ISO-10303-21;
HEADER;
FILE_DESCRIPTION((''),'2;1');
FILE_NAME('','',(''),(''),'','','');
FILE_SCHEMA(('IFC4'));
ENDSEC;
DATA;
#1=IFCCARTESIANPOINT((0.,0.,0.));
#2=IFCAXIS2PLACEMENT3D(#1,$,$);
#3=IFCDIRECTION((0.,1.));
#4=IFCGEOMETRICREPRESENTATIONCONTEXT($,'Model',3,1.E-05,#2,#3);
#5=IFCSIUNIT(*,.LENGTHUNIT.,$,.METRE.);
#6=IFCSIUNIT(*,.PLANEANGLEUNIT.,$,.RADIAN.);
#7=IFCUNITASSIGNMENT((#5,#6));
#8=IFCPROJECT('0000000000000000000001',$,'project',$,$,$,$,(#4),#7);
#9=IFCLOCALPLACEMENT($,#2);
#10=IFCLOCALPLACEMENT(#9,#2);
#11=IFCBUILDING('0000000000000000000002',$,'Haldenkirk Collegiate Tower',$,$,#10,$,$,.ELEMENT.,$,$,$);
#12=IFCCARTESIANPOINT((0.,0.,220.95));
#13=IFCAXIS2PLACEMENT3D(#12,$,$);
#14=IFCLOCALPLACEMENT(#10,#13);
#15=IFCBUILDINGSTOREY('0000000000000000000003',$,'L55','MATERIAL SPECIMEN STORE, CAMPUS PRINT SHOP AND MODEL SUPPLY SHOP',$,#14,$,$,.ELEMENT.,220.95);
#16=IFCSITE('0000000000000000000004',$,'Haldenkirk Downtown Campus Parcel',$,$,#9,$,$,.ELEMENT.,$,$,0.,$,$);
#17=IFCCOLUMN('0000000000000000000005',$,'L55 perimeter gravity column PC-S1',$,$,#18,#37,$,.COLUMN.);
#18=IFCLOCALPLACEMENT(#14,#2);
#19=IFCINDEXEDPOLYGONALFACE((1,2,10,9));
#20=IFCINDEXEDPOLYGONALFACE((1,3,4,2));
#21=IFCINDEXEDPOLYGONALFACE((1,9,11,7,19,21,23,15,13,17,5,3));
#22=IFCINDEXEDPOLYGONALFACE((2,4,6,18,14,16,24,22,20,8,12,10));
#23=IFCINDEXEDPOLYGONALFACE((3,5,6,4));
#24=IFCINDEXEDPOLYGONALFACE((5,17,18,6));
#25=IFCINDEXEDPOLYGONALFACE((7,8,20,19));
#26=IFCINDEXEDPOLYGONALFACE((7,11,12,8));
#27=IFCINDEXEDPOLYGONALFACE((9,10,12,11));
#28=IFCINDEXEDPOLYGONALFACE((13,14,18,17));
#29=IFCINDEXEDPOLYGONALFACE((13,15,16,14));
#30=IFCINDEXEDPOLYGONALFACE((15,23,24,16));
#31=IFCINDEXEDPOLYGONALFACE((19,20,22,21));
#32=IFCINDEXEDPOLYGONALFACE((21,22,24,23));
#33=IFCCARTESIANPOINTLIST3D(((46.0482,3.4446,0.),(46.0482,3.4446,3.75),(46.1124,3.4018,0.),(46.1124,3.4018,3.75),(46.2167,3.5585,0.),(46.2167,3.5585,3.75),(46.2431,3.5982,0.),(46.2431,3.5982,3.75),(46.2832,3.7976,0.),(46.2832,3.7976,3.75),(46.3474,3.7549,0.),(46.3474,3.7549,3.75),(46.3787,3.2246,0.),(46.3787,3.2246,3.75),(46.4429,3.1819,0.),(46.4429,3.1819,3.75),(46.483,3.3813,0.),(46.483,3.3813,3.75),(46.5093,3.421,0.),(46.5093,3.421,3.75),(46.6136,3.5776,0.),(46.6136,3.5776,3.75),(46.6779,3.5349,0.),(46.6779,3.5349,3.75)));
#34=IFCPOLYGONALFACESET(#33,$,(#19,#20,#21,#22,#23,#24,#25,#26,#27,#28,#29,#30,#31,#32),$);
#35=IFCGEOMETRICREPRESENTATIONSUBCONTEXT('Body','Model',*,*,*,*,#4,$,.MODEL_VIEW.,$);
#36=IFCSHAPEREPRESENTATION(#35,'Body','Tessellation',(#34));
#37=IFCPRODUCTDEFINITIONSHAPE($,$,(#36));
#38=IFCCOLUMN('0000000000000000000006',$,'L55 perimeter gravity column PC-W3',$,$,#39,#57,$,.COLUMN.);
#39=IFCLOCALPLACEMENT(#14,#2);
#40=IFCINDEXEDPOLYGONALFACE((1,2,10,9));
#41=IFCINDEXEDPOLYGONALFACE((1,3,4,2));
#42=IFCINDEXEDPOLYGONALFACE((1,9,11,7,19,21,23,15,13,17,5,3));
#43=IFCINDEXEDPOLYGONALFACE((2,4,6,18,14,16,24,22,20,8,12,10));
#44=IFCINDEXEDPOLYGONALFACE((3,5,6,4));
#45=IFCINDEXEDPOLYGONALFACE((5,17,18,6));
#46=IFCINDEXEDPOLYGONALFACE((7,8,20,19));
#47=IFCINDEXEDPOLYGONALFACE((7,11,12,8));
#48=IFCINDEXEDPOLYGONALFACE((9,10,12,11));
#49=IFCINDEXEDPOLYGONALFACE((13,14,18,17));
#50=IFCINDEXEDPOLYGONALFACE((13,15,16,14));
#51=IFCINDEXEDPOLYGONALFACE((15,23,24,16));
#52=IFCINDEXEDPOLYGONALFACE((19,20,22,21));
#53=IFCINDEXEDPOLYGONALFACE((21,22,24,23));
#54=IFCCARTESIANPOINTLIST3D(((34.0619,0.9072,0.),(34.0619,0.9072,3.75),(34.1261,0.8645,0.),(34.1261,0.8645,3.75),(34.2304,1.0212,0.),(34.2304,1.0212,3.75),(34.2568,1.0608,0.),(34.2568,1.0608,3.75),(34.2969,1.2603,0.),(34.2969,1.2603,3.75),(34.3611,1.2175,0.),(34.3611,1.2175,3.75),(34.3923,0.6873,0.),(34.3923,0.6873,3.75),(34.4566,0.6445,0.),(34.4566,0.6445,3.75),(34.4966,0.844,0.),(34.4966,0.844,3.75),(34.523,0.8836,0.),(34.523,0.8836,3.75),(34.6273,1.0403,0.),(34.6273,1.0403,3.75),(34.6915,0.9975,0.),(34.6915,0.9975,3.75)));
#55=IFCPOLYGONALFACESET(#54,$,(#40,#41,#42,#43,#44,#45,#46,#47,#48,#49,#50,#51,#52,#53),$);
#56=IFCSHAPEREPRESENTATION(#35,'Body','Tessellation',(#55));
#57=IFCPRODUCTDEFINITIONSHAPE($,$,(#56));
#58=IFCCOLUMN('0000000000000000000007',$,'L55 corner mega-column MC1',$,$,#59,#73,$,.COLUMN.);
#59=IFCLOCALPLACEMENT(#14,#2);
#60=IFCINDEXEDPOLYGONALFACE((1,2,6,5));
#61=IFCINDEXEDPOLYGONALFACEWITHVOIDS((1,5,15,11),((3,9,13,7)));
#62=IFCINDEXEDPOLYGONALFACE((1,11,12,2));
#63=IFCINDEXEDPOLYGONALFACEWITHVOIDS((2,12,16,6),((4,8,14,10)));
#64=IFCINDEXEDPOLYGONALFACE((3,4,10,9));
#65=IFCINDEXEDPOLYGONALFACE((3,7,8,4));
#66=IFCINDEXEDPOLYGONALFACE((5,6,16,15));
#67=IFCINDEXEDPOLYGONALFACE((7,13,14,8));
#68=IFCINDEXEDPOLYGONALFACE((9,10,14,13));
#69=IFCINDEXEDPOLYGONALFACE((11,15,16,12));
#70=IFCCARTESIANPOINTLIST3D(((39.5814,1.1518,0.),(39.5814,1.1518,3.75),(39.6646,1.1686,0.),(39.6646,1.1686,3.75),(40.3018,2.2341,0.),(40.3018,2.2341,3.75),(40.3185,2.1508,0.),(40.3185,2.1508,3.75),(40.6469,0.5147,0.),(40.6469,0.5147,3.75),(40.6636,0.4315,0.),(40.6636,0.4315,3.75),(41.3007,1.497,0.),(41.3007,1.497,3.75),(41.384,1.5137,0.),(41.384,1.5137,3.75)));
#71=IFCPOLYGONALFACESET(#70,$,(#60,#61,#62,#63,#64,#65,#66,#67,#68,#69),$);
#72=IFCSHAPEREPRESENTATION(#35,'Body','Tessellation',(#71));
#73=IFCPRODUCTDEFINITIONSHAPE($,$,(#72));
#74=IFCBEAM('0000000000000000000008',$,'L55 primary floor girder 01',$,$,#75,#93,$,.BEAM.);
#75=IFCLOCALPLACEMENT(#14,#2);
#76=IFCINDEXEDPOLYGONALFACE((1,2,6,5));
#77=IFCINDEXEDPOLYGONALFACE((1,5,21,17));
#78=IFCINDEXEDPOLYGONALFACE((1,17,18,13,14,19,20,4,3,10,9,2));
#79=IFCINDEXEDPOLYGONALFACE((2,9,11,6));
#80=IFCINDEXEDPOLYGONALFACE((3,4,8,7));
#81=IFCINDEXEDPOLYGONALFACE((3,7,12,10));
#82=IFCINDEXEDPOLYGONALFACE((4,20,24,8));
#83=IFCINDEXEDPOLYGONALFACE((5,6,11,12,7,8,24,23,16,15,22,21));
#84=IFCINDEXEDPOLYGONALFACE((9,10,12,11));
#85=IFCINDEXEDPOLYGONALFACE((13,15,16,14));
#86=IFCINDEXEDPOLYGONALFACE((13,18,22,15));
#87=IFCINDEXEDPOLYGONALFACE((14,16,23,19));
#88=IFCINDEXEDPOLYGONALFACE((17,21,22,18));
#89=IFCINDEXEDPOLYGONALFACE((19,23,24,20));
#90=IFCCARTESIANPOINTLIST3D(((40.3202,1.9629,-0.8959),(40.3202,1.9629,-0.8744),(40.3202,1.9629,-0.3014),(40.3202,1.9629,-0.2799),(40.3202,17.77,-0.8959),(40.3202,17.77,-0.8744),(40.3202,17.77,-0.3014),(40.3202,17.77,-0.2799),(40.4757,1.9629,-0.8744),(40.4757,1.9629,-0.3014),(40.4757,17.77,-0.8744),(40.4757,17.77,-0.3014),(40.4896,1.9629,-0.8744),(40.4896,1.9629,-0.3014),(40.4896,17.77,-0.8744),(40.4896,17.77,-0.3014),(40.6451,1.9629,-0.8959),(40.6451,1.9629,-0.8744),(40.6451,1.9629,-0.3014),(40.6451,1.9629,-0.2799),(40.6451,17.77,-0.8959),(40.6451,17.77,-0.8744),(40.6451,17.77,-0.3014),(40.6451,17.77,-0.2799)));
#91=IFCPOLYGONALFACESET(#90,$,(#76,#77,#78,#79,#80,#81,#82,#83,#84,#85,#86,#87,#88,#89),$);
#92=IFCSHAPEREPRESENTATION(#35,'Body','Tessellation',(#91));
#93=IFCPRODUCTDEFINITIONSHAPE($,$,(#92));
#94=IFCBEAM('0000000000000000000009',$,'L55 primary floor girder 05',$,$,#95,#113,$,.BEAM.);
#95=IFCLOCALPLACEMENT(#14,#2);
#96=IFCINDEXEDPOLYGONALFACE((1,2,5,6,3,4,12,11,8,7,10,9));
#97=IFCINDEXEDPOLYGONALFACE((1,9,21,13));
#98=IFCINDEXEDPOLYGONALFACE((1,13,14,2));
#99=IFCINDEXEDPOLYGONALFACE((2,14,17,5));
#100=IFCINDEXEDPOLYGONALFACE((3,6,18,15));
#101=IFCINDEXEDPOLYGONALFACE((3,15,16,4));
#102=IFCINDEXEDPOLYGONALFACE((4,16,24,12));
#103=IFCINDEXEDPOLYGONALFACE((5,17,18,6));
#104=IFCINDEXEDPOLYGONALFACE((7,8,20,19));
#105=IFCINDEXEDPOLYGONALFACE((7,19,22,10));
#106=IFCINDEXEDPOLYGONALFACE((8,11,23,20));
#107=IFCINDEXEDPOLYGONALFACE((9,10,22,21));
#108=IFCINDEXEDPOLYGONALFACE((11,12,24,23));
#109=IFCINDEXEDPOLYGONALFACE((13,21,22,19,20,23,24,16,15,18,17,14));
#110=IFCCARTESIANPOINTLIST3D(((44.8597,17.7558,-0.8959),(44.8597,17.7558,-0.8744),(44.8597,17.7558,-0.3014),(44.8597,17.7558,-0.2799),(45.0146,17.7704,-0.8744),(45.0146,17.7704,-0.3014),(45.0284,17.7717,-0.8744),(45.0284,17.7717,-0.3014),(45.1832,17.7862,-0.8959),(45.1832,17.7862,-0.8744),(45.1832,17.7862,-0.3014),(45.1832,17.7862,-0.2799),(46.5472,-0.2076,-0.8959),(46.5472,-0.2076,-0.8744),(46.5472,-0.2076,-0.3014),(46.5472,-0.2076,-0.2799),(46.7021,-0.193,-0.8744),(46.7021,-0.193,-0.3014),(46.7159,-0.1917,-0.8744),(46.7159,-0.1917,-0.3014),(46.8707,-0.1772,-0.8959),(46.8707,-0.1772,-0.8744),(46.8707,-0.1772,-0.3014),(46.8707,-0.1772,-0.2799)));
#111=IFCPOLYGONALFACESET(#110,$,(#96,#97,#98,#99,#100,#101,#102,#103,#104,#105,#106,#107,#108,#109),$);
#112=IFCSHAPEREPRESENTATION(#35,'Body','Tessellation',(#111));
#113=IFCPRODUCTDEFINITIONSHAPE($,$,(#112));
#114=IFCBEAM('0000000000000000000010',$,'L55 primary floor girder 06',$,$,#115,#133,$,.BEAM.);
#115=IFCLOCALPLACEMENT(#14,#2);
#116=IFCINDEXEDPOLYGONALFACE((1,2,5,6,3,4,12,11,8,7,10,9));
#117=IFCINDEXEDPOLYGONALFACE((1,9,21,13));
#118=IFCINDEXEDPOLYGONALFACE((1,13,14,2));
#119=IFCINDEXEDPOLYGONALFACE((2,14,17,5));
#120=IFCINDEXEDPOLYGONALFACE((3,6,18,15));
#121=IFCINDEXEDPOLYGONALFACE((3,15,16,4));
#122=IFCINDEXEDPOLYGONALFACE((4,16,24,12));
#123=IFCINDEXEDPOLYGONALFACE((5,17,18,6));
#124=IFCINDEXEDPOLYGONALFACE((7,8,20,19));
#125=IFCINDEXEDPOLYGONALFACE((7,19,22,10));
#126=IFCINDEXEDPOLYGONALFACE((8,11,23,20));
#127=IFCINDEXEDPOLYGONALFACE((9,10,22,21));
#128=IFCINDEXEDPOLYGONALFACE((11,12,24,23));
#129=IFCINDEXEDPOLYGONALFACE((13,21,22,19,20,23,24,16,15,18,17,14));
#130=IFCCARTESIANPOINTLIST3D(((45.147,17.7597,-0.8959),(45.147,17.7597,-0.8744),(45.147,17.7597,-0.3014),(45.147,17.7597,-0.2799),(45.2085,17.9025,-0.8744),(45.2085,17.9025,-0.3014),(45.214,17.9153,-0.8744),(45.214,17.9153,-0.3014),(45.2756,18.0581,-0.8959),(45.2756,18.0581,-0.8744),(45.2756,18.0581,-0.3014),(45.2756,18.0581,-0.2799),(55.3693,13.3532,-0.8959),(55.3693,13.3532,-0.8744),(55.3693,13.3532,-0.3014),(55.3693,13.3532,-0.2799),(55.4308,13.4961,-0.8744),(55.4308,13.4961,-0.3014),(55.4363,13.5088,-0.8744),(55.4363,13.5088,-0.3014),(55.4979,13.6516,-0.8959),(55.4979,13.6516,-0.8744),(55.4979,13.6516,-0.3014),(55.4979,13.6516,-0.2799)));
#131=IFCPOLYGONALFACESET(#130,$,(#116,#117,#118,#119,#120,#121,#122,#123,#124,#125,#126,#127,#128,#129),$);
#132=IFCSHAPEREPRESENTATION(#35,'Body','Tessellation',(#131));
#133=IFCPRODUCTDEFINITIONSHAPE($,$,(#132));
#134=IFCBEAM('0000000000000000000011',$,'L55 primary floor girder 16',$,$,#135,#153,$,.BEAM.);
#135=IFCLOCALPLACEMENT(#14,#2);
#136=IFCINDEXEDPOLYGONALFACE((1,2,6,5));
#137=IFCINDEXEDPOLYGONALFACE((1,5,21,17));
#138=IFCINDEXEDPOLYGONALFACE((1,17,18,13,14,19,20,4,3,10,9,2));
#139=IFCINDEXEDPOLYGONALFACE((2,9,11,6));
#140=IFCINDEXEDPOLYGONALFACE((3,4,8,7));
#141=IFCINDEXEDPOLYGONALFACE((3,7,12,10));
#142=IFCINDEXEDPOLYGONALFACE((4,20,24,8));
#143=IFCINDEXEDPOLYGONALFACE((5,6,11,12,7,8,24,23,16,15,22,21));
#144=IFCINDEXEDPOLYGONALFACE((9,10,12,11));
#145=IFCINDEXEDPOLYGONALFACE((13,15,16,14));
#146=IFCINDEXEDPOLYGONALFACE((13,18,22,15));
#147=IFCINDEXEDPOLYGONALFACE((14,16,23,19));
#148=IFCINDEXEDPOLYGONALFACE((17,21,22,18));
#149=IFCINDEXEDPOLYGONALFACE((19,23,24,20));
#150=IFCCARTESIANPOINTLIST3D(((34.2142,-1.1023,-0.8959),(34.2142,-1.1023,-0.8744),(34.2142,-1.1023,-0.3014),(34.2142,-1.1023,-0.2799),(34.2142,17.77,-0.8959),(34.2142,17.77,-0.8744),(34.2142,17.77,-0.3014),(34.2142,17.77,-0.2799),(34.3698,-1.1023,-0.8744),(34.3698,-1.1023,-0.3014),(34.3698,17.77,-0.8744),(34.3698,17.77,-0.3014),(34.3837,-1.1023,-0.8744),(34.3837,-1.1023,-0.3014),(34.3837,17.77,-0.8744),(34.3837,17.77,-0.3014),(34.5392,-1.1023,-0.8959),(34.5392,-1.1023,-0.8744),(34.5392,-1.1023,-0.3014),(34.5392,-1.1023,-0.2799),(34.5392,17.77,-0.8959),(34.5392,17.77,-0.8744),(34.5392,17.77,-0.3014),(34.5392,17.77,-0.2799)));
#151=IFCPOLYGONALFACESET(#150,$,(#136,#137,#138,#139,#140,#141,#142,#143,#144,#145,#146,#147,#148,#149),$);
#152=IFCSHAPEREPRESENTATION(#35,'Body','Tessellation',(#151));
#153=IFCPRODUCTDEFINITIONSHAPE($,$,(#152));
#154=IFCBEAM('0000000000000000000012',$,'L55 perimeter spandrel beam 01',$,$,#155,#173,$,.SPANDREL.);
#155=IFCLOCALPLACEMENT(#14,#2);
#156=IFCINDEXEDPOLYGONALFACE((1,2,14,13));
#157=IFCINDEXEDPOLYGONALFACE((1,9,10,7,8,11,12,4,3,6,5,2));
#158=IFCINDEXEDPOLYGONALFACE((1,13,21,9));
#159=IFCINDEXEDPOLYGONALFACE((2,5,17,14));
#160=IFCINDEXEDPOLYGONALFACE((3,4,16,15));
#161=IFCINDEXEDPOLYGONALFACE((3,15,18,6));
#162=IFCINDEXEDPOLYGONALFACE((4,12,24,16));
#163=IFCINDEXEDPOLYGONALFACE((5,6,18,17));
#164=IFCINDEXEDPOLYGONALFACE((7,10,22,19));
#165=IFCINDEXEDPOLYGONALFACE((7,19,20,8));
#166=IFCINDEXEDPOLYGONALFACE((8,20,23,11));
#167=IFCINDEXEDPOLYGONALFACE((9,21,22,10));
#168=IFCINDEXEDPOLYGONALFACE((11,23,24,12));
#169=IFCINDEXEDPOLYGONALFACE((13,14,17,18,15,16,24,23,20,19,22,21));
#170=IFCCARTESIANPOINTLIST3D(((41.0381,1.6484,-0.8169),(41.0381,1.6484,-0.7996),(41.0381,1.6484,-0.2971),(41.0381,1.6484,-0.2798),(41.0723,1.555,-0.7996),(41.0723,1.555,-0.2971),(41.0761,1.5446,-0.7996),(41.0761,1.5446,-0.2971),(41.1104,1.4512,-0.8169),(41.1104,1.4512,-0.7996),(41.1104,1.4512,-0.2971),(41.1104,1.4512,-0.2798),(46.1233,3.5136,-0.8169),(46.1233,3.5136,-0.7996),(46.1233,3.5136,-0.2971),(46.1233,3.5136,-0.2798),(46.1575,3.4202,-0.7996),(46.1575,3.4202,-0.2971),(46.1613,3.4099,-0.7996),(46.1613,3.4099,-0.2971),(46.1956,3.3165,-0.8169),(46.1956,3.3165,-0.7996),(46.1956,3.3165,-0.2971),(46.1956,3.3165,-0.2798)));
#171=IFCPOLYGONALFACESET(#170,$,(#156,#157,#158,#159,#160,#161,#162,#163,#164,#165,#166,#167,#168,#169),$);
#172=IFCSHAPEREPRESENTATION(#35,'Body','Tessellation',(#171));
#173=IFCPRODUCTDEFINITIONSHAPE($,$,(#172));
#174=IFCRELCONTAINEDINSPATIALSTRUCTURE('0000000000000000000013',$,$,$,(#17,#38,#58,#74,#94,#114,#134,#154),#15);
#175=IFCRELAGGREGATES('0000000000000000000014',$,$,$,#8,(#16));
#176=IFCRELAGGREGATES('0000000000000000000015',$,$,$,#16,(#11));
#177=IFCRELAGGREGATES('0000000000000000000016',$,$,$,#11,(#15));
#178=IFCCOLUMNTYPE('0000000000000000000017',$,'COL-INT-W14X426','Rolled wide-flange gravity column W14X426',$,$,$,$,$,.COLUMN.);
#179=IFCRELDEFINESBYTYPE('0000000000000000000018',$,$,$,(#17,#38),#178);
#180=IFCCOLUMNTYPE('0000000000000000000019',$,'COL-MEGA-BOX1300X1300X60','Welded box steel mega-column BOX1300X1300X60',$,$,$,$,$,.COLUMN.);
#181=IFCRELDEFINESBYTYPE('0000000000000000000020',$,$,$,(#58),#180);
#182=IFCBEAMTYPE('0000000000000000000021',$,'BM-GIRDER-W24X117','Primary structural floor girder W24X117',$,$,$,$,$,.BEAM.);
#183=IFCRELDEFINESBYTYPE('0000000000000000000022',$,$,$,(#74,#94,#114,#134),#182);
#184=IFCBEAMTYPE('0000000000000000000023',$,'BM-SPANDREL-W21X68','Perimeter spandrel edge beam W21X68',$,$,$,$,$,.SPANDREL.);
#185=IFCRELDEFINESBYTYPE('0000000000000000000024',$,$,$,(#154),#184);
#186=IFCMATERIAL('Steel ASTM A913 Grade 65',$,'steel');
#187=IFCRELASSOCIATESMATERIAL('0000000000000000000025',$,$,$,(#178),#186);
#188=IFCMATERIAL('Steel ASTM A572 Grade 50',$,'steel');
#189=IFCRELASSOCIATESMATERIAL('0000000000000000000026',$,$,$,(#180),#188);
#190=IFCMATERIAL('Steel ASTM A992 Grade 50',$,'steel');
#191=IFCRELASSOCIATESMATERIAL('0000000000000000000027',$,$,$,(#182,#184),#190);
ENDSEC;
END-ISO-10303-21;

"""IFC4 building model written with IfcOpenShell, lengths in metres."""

from ifc_helpers import new_model, si_unit, direction, frame, origin, origin_2d, place, context, subcontext, project, spatial, hollow_rectangle, i_section, extrude, material, material_profile, profile_set, type_object, element, save


model = new_model("IFC4")

# Units and contexts
model_context = context("Model", 3, precision=1e-05, world=origin(), true_north=direction((0.0, 1.0)))
body_context = subcontext(model_context, "Body", "Model", "MODEL_VIEW")
ifc_project = project(units=[si_unit("LENGTHUNIT", "METRE"), si_unit("PLANEANGLEUNIT", "RADIAN")], contexts=[model_context])

# Site, building, storey
site_placement = place(None, origin())
site = spatial("IfcSite", under=ifc_project, at=site_placement, Name="Haldenkirk Downtown Campus Parcel", CompositionType="ELEMENT", RefElevation=0.0)
building_placement = place(site_placement, origin())
building = spatial("IfcBuilding", under=site, at=building_placement, Name="Haldenkirk Collegiate Tower", CompositionType="ELEMENT")
storey_placement = place(building_placement, frame((0.0, 0.0, 220.95)))
storey = spatial("IfcBuildingStorey", under=building, at=storey_placement, Name="L55", Description="MATERIAL SPECIMEN STORE, CAMPUS PRINT SHOP AND MODEL SUPPLY SHOP", CompositionType="ELEMENT", Elevation=220.95)

# Columns
ifc_material_1 = material(Name="Steel ASTM A913 Grade 65", Category="steel")
ifc_material_profile_1 = material_profile(ifc_material_1, i_section(OverallWidth=0.4241, OverallDepth=0.4741, WebThickness=0.0476, FlangeThickness=0.0771, at=origin_2d()), Name="W14X426")
ifc_profile_set_1 = profile_set([ifc_material_profile_1], Name="Steel ASTM A913 Grade 65")
column_type_1 = type_object("IfcColumnType", Name="COL-INT-W14X426", Description="Rolled wide-flange gravity column W14X426", PredefinedType="COLUMN", material=ifc_profile_set_1)
for number, where, z_axis, x_axis, name in (
    (1, (46.363, 3.4897, 0.0), (0.0, 0.0, 1.0), (0.554118, 0.832438, 0.0), "L55 perimeter gravity column PC-S1"),
    (2, (34.3767, 0.9524, 0.0), (0.0, 0.0, 1.0), (0.554118, 0.832438, 0.0), "L55 perimeter gravity column PC-W3"),
):
    element("IfcColumn", number, at=place(storey_placement, frame(where, z_axis=z_axis, x_axis=x_axis)), inside=storey, type_object=column_type_1, Name=name, PredefinedType="COLUMN", context=body_context, shape_type="SweptSolid", body=[
        extrude(i_section(OverallWidth=0.4241, OverallDepth=0.4741, WebThickness=0.0476, FlangeThickness=0.0771, at=origin_2d()), origin(), (0.0, 0.0, 1.0), 3.75),
    ])
ifc_material_2 = material(Name="Steel ASTM A572 Grade 50", Category="steel")
ifc_material_profile_2 = material_profile(ifc_material_2, hollow_rectangle(XDim=1.3, YDim=1.3, WallThickness=0.0601, at=origin_2d()), Name="BOX1300X1300X60")
ifc_profile_set_2 = profile_set([ifc_material_profile_2], Name="Steel ASTM A572 Grade 50")
column_type_2 = type_object("IfcColumnType", Name="COL-MEGA-BOX1300X1300X60", Description="Welded box steel mega-column BOX1300X1300X60", PredefinedType="COLUMN", material=ifc_profile_set_2)
column_placement = place(storey_placement, frame((40.4827, 1.3328, 0.0), z_axis=(0.0, 0.0, 1.0), x_axis=(0.554118, 0.832438, 0.0)))
element("IfcColumn", 3, at=column_placement, inside=storey, type_object=column_type_2, Name="L55 corner mega-column MC1", PredefinedType="COLUMN", context=body_context, shape_type="SweptSolid", body=[
    extrude(hollow_rectangle(XDim=1.3, YDim=1.3, WallThickness=0.0601, at=origin_2d()), origin(), (0.0, 0.0, 1.0), 3.75),
])

# Beams
ifc_material_3 = material(Name="Steel ASTM A992 Grade 50", Category="steel")
ifc_material_profile_3 = material_profile(ifc_material_3, i_section(OverallWidth=0.325, OverallDepth=0.616, WebThickness=0.0139, FlangeThickness=0.0215, at=origin_2d()), Name="W24X117")
ifc_profile_set_3 = profile_set([ifc_material_profile_3], Name="Steel ASTM A992 Grade 50")
beam_type_1 = type_object("IfcBeamType", Name="BM-GIRDER-W24X117", Description="Primary structural floor girder W24X117", PredefinedType="BEAM", material=ifc_profile_set_3)
beam_1_placement = place(storey_placement, frame((40.4827, 1.9629, -0.5879), z_axis=(0.0, 1.0, 0.0), x_axis=(-1.0, 0.0, 0.0)))
element("IfcBeam", 4, at=beam_1_placement, inside=storey, type_object=beam_type_1, Name="L55 primary floor girder 01", PredefinedType="BEAM", context=body_context, shape_type="SweptSolid", body=[
    extrude(i_section(OverallWidth=0.325, OverallDepth=0.616, WebThickness=0.0139, FlangeThickness=0.0215, at=origin_2d()), origin(), (0.0, 0.0, 1.0), 15.8071),
])
beam_2_placement = place(storey_placement, frame((46.709, -0.1924, -0.5879), z_axis=(-0.093529, 0.995617, 0.0), x_axis=(-0.995617, -0.093529, 0.0)))
element("IfcBeam", 5, at=beam_2_placement, inside=storey, type_object=beam_type_1, Name="L55 primary floor girder 05", PredefinedType="BEAM", context=body_context, shape_type="SweptSolid", body=[
    extrude(i_section(OverallWidth=0.325, OverallDepth=0.616, WebThickness=0.0139, FlangeThickness=0.0215, at=origin_2d()), origin(), (0.0, 0.0, 1.0), 18.0425),
])
beam_3_placement = place(storey_placement, frame((55.4336, 13.5024, -0.5879), z_axis=(-0.918315, 0.395851, 0.0), x_axis=(-0.395851, -0.918315, 0.0)))
element("IfcBeam", 6, at=beam_3_placement, inside=storey, type_object=beam_type_1, Name="L55 primary floor girder 06", PredefinedType="BEAM", context=body_context, shape_type="SweptSolid", body=[
    extrude(i_section(OverallWidth=0.325, OverallDepth=0.616, WebThickness=0.0139, FlangeThickness=0.0215, at=origin_2d()), origin(), (0.0, 0.0, 1.0), 11.1316),
])
beam_4_placement = place(storey_placement, frame((34.3767, -1.1023, -0.5879), z_axis=(0.0, 1.0, 0.0), x_axis=(-1.0, 0.0, 0.0)))
element("IfcBeam", 7, at=beam_4_placement, inside=storey, type_object=beam_type_1, Name="L55 primary floor girder 16", PredefinedType="BEAM", context=body_context, shape_type="SweptSolid", body=[
    extrude(i_section(OverallWidth=0.325, OverallDepth=0.616, WebThickness=0.0139, FlangeThickness=0.0215, at=origin_2d()), origin(), (0.0, 0.0, 1.0), 18.8723),
])
ifc_material_profile_4 = material_profile(ifc_material_3, i_section(OverallWidth=0.21, OverallDepth=0.5371, WebThickness=0.011, FlangeThickness=0.0173, at=origin_2d()), Name="W21X68")
ifc_profile_set_4 = profile_set([ifc_material_profile_4], Name="Steel ASTM A992 Grade 50")
beam_type_2 = type_object("IfcBeamType", Name="BM-SPANDREL-W21X68", Description="Perimeter spandrel edge beam W21X68", PredefinedType="SPANDREL", material=ifc_profile_set_4)
beam_5_placement = place(storey_placement, frame((41.0742, 1.5498, -0.5483), z_axis=(0.938837, 0.344362, 0.0), x_axis=(-0.344362, 0.938837, 0.0)))
element("IfcBeam", 8, at=beam_5_placement, inside=storey, type_object=beam_type_2, Name="L55 perimeter spandrel beam 01", PredefinedType="SPANDREL", context=body_context, shape_type="SweptSolid", body=[
    extrude(i_section(OverallWidth=0.21, OverallDepth=0.5371, WebThickness=0.011, FlangeThickness=0.0173, at=origin_2d()), origin(), (0.0, 0.0, 1.0), 5.4165),
])

save(model, "model.ifc")
